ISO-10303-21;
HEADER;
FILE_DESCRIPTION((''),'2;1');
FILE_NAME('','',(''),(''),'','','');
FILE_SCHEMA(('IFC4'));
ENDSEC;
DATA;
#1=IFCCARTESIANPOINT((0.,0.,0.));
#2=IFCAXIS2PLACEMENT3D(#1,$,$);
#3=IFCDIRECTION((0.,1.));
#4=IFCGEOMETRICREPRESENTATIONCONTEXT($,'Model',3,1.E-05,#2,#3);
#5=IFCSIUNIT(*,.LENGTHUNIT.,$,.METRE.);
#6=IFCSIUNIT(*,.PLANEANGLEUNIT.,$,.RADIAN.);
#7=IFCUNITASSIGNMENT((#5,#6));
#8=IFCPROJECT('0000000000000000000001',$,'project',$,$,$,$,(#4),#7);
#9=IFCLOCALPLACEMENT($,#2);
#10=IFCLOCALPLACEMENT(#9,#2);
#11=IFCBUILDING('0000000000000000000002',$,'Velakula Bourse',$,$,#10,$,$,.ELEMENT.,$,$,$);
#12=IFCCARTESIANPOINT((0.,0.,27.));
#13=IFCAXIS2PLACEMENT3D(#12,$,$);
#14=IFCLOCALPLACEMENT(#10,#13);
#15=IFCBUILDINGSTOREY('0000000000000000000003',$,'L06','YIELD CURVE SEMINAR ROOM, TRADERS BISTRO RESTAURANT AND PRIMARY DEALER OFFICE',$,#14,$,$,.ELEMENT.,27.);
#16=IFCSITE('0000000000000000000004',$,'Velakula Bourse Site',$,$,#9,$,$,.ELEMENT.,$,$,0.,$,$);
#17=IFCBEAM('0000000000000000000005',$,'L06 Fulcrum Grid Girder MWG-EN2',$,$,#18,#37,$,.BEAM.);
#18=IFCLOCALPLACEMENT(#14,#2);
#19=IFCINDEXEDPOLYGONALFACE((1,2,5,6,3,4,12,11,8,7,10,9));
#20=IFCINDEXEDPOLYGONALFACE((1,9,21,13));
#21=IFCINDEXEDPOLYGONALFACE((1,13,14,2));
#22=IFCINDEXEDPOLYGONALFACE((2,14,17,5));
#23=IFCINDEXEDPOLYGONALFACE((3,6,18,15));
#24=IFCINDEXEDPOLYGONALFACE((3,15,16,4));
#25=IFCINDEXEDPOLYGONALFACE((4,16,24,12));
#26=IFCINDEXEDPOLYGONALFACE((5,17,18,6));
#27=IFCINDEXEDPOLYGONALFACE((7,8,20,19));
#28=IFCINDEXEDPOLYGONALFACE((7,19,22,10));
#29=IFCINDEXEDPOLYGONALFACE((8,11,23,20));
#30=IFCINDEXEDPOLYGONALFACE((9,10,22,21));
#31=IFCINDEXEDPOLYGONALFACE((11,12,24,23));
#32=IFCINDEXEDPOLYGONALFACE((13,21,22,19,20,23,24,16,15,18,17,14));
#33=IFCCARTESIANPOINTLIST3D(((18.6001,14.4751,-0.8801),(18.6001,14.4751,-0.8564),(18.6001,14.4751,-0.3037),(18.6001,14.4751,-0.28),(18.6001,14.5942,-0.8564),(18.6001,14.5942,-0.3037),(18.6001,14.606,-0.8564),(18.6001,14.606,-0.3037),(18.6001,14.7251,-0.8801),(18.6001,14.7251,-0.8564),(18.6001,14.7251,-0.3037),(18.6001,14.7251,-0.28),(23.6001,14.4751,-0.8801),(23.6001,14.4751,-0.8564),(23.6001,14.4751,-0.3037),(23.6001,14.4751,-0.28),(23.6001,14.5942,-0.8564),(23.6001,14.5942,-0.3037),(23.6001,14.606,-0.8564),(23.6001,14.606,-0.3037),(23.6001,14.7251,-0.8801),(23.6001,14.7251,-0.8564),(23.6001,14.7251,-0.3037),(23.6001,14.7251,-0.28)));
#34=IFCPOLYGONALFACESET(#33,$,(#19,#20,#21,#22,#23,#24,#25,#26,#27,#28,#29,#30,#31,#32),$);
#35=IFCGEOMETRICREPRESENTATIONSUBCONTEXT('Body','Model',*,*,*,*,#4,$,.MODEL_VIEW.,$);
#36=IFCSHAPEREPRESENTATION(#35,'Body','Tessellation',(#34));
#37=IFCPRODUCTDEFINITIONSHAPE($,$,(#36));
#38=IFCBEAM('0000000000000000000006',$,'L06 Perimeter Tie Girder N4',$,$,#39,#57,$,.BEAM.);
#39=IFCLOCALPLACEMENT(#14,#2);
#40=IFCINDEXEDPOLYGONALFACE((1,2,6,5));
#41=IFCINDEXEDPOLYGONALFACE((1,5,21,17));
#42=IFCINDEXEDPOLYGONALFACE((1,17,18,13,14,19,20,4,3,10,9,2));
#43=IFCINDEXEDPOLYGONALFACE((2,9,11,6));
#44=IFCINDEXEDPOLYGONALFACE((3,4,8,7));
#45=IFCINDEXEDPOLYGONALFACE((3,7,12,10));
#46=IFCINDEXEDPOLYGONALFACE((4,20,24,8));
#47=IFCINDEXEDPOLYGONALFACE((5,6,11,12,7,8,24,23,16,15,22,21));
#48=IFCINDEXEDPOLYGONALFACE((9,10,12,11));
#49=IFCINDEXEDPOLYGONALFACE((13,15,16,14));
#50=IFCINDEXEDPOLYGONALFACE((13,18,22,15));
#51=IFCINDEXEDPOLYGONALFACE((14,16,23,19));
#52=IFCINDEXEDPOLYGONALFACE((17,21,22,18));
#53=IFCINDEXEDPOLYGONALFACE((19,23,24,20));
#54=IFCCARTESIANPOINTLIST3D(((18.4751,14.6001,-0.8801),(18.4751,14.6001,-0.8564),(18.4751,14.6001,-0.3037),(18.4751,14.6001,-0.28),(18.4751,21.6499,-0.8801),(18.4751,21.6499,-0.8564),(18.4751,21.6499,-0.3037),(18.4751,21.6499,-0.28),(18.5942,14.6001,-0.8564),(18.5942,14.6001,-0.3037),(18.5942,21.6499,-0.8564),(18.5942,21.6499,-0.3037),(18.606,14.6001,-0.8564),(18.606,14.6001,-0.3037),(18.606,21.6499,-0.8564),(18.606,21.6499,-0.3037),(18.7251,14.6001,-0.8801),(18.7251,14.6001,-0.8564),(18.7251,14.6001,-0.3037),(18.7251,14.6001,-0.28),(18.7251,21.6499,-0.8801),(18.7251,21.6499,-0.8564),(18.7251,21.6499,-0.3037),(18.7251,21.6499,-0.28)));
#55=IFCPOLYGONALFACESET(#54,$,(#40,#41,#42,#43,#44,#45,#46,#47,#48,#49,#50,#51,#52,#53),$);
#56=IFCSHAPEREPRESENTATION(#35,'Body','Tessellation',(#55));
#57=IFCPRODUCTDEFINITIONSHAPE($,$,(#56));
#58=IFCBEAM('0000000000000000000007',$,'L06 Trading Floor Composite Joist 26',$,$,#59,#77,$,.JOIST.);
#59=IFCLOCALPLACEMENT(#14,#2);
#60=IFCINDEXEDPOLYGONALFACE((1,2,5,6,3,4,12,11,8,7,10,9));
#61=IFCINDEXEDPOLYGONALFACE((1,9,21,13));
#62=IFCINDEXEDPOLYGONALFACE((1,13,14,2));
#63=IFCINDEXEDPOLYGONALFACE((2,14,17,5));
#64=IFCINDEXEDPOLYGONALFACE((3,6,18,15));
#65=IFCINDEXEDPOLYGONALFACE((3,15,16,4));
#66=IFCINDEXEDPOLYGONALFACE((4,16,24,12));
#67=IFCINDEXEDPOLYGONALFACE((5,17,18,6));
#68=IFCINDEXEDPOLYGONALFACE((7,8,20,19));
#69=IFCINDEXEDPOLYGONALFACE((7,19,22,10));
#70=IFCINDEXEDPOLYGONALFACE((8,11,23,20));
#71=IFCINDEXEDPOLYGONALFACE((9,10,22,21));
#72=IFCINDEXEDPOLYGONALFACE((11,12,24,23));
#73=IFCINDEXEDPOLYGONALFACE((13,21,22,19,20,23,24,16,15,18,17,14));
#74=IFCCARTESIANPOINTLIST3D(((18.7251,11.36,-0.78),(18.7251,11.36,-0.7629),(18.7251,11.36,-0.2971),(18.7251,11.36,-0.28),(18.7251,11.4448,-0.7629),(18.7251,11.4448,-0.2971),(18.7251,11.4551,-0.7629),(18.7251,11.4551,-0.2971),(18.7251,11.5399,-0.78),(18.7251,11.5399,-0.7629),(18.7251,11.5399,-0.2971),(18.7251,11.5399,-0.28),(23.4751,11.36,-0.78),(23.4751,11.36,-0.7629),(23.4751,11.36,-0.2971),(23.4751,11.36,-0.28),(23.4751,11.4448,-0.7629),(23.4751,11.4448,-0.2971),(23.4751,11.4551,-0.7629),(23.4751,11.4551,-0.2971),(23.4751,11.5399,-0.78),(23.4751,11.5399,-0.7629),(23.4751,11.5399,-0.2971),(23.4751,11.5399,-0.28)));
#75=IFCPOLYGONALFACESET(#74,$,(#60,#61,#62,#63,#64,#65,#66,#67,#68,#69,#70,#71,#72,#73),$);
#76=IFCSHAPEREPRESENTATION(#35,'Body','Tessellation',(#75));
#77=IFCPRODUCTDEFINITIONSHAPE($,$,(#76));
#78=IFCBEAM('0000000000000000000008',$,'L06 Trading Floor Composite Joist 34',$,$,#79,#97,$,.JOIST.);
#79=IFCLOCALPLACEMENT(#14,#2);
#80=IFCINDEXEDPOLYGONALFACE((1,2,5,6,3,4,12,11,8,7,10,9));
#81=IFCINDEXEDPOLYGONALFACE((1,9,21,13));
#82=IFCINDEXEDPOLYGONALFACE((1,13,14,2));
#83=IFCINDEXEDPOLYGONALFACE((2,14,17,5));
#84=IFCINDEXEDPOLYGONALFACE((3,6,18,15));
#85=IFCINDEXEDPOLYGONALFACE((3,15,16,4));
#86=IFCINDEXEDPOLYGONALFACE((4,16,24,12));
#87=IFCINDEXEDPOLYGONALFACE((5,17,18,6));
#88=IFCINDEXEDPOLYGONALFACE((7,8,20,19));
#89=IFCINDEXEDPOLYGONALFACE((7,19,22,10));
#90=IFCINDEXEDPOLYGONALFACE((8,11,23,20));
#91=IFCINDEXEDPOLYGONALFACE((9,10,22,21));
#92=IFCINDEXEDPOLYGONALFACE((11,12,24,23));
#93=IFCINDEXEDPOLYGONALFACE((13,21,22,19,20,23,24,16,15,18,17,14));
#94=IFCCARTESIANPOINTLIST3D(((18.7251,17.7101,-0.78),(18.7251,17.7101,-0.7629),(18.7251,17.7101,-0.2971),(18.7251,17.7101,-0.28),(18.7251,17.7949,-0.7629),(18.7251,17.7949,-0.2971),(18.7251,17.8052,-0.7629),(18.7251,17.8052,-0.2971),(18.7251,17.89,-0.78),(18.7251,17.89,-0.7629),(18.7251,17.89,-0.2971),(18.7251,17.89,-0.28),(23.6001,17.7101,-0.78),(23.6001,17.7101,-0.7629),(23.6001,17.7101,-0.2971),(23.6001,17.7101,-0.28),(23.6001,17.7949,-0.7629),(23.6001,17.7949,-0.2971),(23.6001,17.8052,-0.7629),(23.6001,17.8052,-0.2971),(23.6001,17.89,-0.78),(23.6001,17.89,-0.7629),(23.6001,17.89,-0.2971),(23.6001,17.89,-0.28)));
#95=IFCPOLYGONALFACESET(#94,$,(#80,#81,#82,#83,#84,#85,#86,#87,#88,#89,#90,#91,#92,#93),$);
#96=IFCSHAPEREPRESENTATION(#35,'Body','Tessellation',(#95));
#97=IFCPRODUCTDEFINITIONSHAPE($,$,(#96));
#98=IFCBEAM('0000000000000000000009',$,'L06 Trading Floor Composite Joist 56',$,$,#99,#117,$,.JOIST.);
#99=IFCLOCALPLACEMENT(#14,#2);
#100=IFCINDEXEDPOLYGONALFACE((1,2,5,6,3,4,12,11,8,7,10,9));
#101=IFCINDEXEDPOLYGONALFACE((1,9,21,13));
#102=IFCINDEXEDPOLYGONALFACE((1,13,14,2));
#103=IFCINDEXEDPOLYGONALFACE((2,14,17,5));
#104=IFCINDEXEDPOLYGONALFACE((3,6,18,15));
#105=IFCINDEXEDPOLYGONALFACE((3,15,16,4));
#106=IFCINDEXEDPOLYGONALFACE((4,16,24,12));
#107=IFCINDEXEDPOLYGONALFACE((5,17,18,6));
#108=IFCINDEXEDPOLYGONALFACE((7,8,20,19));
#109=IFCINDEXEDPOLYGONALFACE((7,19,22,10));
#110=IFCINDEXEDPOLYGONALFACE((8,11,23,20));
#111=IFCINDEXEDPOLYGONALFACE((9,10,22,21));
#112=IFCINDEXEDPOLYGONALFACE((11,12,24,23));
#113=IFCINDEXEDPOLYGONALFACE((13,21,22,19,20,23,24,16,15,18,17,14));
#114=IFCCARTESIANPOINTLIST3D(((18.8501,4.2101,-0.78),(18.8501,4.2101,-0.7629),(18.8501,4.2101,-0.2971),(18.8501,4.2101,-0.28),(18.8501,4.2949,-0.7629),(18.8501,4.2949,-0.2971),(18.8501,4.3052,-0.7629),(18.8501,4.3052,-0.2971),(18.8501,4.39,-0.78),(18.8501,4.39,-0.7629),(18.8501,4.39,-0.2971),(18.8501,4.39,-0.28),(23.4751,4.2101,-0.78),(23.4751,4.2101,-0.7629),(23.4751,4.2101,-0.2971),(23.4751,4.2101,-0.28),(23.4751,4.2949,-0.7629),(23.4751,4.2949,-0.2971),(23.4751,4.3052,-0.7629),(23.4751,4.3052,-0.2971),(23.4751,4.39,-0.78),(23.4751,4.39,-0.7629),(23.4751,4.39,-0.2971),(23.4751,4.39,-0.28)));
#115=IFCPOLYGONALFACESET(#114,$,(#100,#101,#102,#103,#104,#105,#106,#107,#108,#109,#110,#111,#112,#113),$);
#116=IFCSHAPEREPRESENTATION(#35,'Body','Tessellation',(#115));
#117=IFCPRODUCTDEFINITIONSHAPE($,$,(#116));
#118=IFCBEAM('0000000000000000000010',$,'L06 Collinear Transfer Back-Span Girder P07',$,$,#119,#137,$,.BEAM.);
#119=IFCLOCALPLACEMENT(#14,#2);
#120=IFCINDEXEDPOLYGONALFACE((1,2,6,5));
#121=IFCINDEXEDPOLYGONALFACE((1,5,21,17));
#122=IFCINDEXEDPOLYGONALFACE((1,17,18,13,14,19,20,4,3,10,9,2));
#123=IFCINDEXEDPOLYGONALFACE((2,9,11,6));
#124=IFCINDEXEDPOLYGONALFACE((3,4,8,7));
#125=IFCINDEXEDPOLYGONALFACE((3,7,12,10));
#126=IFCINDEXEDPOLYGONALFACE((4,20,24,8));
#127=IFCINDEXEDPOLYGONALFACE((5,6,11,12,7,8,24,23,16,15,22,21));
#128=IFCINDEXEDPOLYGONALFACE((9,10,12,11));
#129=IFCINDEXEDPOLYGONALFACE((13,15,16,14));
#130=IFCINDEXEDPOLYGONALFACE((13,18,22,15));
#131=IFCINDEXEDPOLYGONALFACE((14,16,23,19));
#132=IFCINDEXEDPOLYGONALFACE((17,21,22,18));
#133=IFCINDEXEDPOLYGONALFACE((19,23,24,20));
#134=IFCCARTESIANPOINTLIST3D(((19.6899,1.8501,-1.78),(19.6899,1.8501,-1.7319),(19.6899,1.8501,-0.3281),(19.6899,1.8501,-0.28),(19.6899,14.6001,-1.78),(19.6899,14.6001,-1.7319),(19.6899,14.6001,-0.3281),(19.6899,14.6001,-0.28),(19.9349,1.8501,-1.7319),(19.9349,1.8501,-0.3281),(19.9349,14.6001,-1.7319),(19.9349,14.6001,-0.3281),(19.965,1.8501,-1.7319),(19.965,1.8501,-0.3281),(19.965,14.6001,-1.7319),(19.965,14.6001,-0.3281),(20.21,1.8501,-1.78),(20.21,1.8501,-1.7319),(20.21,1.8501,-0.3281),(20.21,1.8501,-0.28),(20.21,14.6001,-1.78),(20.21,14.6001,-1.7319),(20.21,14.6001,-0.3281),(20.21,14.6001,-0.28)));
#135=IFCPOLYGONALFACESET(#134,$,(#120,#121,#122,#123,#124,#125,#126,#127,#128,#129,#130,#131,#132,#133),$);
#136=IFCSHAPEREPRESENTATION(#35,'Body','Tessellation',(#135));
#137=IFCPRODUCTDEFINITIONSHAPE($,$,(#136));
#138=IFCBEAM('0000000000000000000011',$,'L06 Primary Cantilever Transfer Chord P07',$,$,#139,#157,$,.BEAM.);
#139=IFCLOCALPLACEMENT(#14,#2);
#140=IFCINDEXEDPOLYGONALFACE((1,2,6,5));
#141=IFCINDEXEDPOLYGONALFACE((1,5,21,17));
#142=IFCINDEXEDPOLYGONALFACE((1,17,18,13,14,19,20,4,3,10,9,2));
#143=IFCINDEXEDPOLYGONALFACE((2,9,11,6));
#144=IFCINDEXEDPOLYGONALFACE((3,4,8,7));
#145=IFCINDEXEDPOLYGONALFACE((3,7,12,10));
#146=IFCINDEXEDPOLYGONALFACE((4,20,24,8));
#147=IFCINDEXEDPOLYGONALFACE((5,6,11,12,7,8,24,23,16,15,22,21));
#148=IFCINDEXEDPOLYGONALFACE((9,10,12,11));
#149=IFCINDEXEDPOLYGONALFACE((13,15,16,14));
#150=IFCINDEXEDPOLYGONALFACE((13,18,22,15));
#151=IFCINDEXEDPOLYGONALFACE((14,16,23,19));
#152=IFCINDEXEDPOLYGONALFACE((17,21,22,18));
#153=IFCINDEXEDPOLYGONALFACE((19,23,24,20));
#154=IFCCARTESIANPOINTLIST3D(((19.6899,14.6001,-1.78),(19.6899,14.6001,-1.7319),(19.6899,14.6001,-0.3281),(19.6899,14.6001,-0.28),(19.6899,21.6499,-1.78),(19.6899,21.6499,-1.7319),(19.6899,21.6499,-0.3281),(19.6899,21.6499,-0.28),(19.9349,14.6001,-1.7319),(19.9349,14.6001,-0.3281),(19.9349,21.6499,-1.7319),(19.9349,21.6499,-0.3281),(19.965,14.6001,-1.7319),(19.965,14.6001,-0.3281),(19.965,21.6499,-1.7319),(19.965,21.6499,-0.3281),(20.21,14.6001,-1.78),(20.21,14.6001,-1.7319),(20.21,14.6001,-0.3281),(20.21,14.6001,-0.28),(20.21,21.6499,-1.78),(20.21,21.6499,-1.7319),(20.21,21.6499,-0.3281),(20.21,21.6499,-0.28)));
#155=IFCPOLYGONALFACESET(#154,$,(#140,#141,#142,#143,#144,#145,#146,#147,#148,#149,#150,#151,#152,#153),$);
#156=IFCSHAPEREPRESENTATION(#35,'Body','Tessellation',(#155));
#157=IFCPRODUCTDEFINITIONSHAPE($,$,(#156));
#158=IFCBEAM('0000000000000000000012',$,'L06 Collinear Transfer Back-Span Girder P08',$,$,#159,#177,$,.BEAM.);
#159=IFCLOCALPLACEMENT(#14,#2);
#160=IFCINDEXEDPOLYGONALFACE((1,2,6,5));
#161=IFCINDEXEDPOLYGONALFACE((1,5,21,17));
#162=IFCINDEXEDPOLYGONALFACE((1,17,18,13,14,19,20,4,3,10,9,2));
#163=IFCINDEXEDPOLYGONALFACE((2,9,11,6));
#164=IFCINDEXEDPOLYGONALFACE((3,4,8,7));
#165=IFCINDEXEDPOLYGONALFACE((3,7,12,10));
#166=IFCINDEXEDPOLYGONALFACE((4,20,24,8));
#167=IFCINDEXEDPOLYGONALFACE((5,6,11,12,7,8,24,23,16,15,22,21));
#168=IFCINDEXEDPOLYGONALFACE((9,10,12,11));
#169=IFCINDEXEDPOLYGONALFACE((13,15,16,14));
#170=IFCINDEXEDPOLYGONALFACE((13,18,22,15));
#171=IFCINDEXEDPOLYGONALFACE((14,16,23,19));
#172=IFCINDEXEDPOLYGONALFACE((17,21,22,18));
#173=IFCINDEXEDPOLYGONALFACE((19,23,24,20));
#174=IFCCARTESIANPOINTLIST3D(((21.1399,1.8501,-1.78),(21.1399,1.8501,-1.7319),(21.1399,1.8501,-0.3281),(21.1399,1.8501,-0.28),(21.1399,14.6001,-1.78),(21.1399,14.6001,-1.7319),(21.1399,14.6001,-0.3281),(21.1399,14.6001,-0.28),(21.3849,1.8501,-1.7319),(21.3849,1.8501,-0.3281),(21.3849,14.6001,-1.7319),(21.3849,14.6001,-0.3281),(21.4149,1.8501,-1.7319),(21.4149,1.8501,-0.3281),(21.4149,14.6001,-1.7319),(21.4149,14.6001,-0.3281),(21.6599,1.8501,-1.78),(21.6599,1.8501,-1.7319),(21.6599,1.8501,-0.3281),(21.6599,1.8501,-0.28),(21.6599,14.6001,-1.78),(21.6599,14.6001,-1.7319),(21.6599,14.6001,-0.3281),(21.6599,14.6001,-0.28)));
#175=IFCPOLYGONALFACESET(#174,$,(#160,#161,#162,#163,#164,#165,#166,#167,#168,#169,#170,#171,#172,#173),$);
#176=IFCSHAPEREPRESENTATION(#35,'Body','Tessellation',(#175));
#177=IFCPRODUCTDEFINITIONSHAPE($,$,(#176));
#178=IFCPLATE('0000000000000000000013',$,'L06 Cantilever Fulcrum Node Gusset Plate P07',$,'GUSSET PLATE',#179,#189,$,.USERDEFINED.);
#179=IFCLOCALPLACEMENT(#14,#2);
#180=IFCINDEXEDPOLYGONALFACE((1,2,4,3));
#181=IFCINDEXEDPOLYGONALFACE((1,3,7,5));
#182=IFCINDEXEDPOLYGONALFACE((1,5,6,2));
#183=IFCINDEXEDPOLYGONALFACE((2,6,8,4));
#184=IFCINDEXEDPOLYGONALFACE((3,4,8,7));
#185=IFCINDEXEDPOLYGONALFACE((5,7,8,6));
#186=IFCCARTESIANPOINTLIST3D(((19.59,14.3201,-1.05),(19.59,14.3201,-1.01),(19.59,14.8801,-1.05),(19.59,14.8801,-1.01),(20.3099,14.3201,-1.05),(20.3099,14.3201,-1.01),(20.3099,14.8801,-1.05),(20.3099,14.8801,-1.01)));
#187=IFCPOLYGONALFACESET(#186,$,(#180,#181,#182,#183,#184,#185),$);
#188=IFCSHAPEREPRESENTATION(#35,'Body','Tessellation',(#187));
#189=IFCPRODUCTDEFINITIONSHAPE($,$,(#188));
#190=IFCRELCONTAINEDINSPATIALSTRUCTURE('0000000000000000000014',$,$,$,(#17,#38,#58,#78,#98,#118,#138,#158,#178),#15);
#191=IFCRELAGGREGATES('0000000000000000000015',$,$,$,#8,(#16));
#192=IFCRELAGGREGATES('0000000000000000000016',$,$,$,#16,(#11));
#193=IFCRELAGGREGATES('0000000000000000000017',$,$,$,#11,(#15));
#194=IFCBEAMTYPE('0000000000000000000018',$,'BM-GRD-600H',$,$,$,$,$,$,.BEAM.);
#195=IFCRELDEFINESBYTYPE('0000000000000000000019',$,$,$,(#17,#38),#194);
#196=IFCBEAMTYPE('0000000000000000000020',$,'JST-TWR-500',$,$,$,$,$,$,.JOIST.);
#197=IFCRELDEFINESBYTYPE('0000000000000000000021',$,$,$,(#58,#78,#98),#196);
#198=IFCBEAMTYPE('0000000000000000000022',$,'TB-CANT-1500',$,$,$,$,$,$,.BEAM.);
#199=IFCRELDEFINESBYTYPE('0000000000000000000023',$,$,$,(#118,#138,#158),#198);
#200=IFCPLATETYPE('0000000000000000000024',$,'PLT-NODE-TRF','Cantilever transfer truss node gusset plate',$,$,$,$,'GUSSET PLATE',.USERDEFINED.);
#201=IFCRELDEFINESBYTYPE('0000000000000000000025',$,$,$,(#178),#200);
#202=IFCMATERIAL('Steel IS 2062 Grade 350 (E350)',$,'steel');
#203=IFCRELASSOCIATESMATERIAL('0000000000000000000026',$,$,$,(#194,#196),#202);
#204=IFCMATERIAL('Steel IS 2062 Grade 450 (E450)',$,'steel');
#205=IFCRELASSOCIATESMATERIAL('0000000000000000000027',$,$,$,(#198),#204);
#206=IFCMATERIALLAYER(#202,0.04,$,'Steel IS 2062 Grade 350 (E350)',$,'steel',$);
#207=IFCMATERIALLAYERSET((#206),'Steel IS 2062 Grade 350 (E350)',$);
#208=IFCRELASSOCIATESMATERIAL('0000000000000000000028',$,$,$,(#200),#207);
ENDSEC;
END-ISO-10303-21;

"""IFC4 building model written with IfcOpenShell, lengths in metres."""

from ifc_helpers import new_model, si_unit, direction, frame, origin, origin_2d, place, context, subcontext, project, spatial, rectangle, i_section, extrude, material, layer, layer_set, material_profile, profile_set, type_object, element, save


model = new_model("IFC4")

# Units and contexts
model_context = context("Model", 3, precision=1e-05, world=origin(), true_north=direction((0.0, 1.0)))
body_context = subcontext(model_context, "Body", "Model", "MODEL_VIEW")
ifc_project = project(units=[si_unit("LENGTHUNIT", "METRE"), si_unit("PLANEANGLEUNIT", "RADIAN")], contexts=[model_context])

# Site, building, storey
site_placement = place(None, origin())
site = spatial("IfcSite", under=ifc_project, at=site_placement, Name="Velakula Bourse Site", CompositionType="ELEMENT", RefElevation=0.0)
building_placement = place(site_placement, origin())
building = spatial("IfcBuilding", under=site, at=building_placement, Name="Velakula Bourse", CompositionType="ELEMENT")
storey_placement = place(building_placement, frame((0.0, 0.0, 27.0)))
storey = spatial("IfcBuildingStorey", under=building, at=storey_placement, Name="L06", Description="YIELD CURVE SEMINAR ROOM, TRADERS BISTRO RESTAURANT AND PRIMARY DEALER OFFICE", CompositionType="ELEMENT", Elevation=27.0)

# Shared definitions
ifc_material_1 = material(Name="Steel IS 2062 Grade 450 (E450)", Category="steel")

# Beams
ifc_material_2 = material(Name="Steel IS 2062 Grade 350 (E350)", Category="steel")
ifc_material_profile_1 = material_profile(ifc_material_2, i_section(OverallWidth=0.25, OverallDepth=0.6001, WebThickness=0.0117, FlangeThickness=0.0237, at=origin_2d()), Name="Steel IS 2062 Grade 350 (E350)")
ifc_profile_set_1 = profile_set([ifc_material_profile_1], Name="Steel IS 2062 Grade 350 (E350)")
beam_type_1 = type_object("IfcBeamType", Name="BM-GRD-600H", PredefinedType="BEAM", material=ifc_profile_set_1)
for number, where, z_axis, x_axis, name in (
    (1, (18.6001, 14.6001, -0.5801), (1.0, 0.0, 0.0), (0.0, 1.0, 0.0), "L06 Fulcrum Grid Girder MWG-EN2"),
):
    element("IfcBeam", number, at=place(storey_placement, frame(where, z_axis=z_axis, x_axis=x_axis)), inside=storey, type_object=beam_type_1, Name=name, PredefinedType="BEAM", context=body_context, shape_type="SweptSolid", body=[
        extrude(i_section(OverallWidth=0.25, OverallDepth=0.6001, WebThickness=0.0117, FlangeThickness=0.0237, at=origin_2d()), origin(), (0.0, 0.0, 1.0), 5.0),
    ])
beam_1_placement = place(storey_placement, frame((18.6001, 14.6001, -0.5801), z_axis=(0.0, 1.0, 0.0), x_axis=(-1.0, 0.0, 0.0)))
element("IfcBeam", 2, at=beam_1_placement, inside=storey, type_object=beam_type_1, Name="L06 Perimeter Tie Girder N4", PredefinedType="BEAM", context=body_context, shape_type="SweptSolid", body=[
    extrude(i_section(OverallWidth=0.25, OverallDepth=0.6001, WebThickness=0.0117, FlangeThickness=0.0237, at=origin_2d()), origin(), (0.0, 0.0, 1.0), 7.0498),
])
ifc_material_profile_2 = material_profile(ifc_material_2, i_section(OverallWidth=0.1799, OverallDepth=0.5, WebThickness=0.0103, FlangeThickness=0.0171, at=origin_2d()), Name="Steel IS 2062 Grade 350 (E350)")
ifc_profile_set_2 = profile_set([ifc_material_profile_2], Name="Steel IS 2062 Grade 350 (E350)")
beam_type_2 = type_object("IfcBeamType", Name="JST-TWR-500", PredefinedType="JOIST", material=ifc_profile_set_2)
beam_2_placement = place(storey_placement, frame((18.7251, 11.45, -0.53), z_axis=(1.0, 0.0, 0.0), x_axis=(0.0, 1.0, 0.0)))
element("IfcBeam", 3, at=beam_2_placement, inside=storey, type_object=beam_type_2, Name="L06 Trading Floor Composite Joist 26", PredefinedType="JOIST", context=body_context, shape_type="SweptSolid", body=[
    extrude(i_section(OverallWidth=0.1799, OverallDepth=0.5, WebThickness=0.0103, FlangeThickness=0.0171, at=origin_2d()), origin(), (0.0, 0.0, 1.0), 4.75),
])
beam_3_placement = place(storey_placement, frame((18.7251, 17.8, -0.53), z_axis=(1.0, 0.0, 0.0), x_axis=(0.0, 1.0, 0.0)))
element("IfcBeam", 4, at=beam_3_placement, inside=storey, type_object=beam_type_2, Name="L06 Trading Floor Composite Joist 34", PredefinedType="JOIST", context=body_context, shape_type="SweptSolid", body=[
    extrude(i_section(OverallWidth=0.1799, OverallDepth=0.5, WebThickness=0.0103, FlangeThickness=0.0171, at=origin_2d()), origin(), (0.0, 0.0, 1.0), 4.875),
])
beam_4_placement = place(storey_placement, frame((18.8501, 4.3, -0.53), z_axis=(1.0, 0.0, 0.0), x_axis=(0.0, 1.0, 0.0)))
element("IfcBeam", 5, at=beam_4_placement, inside=storey, type_object=beam_type_2, Name="L06 Trading Floor Composite Joist 56", PredefinedType="JOIST", context=body_context, shape_type="SweptSolid", body=[
    extrude(i_section(OverallWidth=0.1799, OverallDepth=0.5, WebThickness=0.0103, FlangeThickness=0.0171, at=origin_2d()), origin(), (0.0, 0.0, 1.0), 4.625),
])
ifc_material_profile_3 = material_profile(ifc_material_1, i_section(OverallWidth=0.52, OverallDepth=1.5, WebThickness=0.03, FlangeThickness=0.0481, at=origin_2d()), Name="Steel IS 2062 Grade 450 (E450)")
ifc_profile_set_3 = profile_set([ifc_material_profile_3], Name="Steel IS 2062 Grade 450 (E450)")
beam_type_3 = type_object("IfcBeamType", Name="TB-CANT-1500", PredefinedType="BEAM", material=ifc_profile_set_3)
beam_5_placement = place(storey_placement, frame((19.95, 1.8501, -1.03), z_axis=(0.0, 1.0, 0.0), x_axis=(-1.0, 0.0, 0.0)))
element("IfcBeam", 6, at=beam_5_placement, inside=storey, type_object=beam_type_3, Name="L06 Collinear Transfer Back-Span Girder P07", PredefinedType="BEAM", context=body_context, shape_type="SweptSolid", body=[
    extrude(i_section(OverallWidth=0.52, OverallDepth=1.5, WebThickness=0.03, FlangeThickness=0.0481, at=origin_2d()), origin(), (0.0, 0.0, 1.0), 12.75),
])
beam_6_placement = place(storey_placement, frame((19.95, 14.6001, -1.03), z_axis=(0.0, 1.0, 0.0), x_axis=(-1.0, 0.0, 0.0)))
element("IfcBeam", 7, at=beam_6_placement, inside=storey, type_object=beam_type_3, Name="L06 Primary Cantilever Transfer Chord P07", PredefinedType="BEAM", context=body_context, shape_type="SweptSolid", body=[
    extrude(i_section(OverallWidth=0.52, OverallDepth=1.5, WebThickness=0.03, FlangeThickness=0.0481, at=origin_2d()), origin(), (0.0, 0.0, 1.0), 7.0498),
])
beam_7_placement = place(storey_placement, frame((21.3999, 1.8501, -1.03), z_axis=(0.0, 1.0, 0.0), x_axis=(-1.0, 0.0, 0.0)))
element("IfcBeam", 8, at=beam_7_placement, inside=storey, type_object=beam_type_3, Name="L06 Collinear Transfer Back-Span Girder P08", PredefinedType="BEAM", context=body_context, shape_type="SweptSolid", body=[
    extrude(i_section(OverallWidth=0.52, OverallDepth=1.5, WebThickness=0.03, FlangeThickness=0.0481, at=origin_2d()), origin(), (0.0, 0.0, 1.0), 12.75),
])

# Plate
ifc_layer_1 = layer(ifc_material_2, 0.04, Name="Steel IS 2062 Grade 350 (E350)", Category="steel")
ifc_layer_set_1 = layer_set([ifc_layer_1], Name="Steel IS 2062 Grade 350 (E350)")
plate_type = type_object("IfcPlateType", Name="PLT-NODE-TRF", Description="Cantilever transfer truss node gusset plate", ElementType="GUSSET PLATE", PredefinedType="USERDEFINED", material=ifc_layer_set_1)
plate_placement = place(storey_placement, frame((19.95, 14.6001, -1.05), z_axis=(0.0, 0.0, 1.0), x_axis=(0.0, 1.0, 0.0)))
element("IfcPlate", 9, at=plate_placement, inside=storey, type_object=plate_type, Name="L06 Cantilever Fulcrum Node Gusset Plate P07", ObjectType="GUSSET PLATE", PredefinedType="USERDEFINED", context=body_context, shape_type="SweptSolid", body=[
    extrude(rectangle(XDim=0.5601, YDim=0.72, at=origin_2d()), origin(), (0.0, 0.0, 1.0), 0.04),
])

save(model, "model.ifc")
